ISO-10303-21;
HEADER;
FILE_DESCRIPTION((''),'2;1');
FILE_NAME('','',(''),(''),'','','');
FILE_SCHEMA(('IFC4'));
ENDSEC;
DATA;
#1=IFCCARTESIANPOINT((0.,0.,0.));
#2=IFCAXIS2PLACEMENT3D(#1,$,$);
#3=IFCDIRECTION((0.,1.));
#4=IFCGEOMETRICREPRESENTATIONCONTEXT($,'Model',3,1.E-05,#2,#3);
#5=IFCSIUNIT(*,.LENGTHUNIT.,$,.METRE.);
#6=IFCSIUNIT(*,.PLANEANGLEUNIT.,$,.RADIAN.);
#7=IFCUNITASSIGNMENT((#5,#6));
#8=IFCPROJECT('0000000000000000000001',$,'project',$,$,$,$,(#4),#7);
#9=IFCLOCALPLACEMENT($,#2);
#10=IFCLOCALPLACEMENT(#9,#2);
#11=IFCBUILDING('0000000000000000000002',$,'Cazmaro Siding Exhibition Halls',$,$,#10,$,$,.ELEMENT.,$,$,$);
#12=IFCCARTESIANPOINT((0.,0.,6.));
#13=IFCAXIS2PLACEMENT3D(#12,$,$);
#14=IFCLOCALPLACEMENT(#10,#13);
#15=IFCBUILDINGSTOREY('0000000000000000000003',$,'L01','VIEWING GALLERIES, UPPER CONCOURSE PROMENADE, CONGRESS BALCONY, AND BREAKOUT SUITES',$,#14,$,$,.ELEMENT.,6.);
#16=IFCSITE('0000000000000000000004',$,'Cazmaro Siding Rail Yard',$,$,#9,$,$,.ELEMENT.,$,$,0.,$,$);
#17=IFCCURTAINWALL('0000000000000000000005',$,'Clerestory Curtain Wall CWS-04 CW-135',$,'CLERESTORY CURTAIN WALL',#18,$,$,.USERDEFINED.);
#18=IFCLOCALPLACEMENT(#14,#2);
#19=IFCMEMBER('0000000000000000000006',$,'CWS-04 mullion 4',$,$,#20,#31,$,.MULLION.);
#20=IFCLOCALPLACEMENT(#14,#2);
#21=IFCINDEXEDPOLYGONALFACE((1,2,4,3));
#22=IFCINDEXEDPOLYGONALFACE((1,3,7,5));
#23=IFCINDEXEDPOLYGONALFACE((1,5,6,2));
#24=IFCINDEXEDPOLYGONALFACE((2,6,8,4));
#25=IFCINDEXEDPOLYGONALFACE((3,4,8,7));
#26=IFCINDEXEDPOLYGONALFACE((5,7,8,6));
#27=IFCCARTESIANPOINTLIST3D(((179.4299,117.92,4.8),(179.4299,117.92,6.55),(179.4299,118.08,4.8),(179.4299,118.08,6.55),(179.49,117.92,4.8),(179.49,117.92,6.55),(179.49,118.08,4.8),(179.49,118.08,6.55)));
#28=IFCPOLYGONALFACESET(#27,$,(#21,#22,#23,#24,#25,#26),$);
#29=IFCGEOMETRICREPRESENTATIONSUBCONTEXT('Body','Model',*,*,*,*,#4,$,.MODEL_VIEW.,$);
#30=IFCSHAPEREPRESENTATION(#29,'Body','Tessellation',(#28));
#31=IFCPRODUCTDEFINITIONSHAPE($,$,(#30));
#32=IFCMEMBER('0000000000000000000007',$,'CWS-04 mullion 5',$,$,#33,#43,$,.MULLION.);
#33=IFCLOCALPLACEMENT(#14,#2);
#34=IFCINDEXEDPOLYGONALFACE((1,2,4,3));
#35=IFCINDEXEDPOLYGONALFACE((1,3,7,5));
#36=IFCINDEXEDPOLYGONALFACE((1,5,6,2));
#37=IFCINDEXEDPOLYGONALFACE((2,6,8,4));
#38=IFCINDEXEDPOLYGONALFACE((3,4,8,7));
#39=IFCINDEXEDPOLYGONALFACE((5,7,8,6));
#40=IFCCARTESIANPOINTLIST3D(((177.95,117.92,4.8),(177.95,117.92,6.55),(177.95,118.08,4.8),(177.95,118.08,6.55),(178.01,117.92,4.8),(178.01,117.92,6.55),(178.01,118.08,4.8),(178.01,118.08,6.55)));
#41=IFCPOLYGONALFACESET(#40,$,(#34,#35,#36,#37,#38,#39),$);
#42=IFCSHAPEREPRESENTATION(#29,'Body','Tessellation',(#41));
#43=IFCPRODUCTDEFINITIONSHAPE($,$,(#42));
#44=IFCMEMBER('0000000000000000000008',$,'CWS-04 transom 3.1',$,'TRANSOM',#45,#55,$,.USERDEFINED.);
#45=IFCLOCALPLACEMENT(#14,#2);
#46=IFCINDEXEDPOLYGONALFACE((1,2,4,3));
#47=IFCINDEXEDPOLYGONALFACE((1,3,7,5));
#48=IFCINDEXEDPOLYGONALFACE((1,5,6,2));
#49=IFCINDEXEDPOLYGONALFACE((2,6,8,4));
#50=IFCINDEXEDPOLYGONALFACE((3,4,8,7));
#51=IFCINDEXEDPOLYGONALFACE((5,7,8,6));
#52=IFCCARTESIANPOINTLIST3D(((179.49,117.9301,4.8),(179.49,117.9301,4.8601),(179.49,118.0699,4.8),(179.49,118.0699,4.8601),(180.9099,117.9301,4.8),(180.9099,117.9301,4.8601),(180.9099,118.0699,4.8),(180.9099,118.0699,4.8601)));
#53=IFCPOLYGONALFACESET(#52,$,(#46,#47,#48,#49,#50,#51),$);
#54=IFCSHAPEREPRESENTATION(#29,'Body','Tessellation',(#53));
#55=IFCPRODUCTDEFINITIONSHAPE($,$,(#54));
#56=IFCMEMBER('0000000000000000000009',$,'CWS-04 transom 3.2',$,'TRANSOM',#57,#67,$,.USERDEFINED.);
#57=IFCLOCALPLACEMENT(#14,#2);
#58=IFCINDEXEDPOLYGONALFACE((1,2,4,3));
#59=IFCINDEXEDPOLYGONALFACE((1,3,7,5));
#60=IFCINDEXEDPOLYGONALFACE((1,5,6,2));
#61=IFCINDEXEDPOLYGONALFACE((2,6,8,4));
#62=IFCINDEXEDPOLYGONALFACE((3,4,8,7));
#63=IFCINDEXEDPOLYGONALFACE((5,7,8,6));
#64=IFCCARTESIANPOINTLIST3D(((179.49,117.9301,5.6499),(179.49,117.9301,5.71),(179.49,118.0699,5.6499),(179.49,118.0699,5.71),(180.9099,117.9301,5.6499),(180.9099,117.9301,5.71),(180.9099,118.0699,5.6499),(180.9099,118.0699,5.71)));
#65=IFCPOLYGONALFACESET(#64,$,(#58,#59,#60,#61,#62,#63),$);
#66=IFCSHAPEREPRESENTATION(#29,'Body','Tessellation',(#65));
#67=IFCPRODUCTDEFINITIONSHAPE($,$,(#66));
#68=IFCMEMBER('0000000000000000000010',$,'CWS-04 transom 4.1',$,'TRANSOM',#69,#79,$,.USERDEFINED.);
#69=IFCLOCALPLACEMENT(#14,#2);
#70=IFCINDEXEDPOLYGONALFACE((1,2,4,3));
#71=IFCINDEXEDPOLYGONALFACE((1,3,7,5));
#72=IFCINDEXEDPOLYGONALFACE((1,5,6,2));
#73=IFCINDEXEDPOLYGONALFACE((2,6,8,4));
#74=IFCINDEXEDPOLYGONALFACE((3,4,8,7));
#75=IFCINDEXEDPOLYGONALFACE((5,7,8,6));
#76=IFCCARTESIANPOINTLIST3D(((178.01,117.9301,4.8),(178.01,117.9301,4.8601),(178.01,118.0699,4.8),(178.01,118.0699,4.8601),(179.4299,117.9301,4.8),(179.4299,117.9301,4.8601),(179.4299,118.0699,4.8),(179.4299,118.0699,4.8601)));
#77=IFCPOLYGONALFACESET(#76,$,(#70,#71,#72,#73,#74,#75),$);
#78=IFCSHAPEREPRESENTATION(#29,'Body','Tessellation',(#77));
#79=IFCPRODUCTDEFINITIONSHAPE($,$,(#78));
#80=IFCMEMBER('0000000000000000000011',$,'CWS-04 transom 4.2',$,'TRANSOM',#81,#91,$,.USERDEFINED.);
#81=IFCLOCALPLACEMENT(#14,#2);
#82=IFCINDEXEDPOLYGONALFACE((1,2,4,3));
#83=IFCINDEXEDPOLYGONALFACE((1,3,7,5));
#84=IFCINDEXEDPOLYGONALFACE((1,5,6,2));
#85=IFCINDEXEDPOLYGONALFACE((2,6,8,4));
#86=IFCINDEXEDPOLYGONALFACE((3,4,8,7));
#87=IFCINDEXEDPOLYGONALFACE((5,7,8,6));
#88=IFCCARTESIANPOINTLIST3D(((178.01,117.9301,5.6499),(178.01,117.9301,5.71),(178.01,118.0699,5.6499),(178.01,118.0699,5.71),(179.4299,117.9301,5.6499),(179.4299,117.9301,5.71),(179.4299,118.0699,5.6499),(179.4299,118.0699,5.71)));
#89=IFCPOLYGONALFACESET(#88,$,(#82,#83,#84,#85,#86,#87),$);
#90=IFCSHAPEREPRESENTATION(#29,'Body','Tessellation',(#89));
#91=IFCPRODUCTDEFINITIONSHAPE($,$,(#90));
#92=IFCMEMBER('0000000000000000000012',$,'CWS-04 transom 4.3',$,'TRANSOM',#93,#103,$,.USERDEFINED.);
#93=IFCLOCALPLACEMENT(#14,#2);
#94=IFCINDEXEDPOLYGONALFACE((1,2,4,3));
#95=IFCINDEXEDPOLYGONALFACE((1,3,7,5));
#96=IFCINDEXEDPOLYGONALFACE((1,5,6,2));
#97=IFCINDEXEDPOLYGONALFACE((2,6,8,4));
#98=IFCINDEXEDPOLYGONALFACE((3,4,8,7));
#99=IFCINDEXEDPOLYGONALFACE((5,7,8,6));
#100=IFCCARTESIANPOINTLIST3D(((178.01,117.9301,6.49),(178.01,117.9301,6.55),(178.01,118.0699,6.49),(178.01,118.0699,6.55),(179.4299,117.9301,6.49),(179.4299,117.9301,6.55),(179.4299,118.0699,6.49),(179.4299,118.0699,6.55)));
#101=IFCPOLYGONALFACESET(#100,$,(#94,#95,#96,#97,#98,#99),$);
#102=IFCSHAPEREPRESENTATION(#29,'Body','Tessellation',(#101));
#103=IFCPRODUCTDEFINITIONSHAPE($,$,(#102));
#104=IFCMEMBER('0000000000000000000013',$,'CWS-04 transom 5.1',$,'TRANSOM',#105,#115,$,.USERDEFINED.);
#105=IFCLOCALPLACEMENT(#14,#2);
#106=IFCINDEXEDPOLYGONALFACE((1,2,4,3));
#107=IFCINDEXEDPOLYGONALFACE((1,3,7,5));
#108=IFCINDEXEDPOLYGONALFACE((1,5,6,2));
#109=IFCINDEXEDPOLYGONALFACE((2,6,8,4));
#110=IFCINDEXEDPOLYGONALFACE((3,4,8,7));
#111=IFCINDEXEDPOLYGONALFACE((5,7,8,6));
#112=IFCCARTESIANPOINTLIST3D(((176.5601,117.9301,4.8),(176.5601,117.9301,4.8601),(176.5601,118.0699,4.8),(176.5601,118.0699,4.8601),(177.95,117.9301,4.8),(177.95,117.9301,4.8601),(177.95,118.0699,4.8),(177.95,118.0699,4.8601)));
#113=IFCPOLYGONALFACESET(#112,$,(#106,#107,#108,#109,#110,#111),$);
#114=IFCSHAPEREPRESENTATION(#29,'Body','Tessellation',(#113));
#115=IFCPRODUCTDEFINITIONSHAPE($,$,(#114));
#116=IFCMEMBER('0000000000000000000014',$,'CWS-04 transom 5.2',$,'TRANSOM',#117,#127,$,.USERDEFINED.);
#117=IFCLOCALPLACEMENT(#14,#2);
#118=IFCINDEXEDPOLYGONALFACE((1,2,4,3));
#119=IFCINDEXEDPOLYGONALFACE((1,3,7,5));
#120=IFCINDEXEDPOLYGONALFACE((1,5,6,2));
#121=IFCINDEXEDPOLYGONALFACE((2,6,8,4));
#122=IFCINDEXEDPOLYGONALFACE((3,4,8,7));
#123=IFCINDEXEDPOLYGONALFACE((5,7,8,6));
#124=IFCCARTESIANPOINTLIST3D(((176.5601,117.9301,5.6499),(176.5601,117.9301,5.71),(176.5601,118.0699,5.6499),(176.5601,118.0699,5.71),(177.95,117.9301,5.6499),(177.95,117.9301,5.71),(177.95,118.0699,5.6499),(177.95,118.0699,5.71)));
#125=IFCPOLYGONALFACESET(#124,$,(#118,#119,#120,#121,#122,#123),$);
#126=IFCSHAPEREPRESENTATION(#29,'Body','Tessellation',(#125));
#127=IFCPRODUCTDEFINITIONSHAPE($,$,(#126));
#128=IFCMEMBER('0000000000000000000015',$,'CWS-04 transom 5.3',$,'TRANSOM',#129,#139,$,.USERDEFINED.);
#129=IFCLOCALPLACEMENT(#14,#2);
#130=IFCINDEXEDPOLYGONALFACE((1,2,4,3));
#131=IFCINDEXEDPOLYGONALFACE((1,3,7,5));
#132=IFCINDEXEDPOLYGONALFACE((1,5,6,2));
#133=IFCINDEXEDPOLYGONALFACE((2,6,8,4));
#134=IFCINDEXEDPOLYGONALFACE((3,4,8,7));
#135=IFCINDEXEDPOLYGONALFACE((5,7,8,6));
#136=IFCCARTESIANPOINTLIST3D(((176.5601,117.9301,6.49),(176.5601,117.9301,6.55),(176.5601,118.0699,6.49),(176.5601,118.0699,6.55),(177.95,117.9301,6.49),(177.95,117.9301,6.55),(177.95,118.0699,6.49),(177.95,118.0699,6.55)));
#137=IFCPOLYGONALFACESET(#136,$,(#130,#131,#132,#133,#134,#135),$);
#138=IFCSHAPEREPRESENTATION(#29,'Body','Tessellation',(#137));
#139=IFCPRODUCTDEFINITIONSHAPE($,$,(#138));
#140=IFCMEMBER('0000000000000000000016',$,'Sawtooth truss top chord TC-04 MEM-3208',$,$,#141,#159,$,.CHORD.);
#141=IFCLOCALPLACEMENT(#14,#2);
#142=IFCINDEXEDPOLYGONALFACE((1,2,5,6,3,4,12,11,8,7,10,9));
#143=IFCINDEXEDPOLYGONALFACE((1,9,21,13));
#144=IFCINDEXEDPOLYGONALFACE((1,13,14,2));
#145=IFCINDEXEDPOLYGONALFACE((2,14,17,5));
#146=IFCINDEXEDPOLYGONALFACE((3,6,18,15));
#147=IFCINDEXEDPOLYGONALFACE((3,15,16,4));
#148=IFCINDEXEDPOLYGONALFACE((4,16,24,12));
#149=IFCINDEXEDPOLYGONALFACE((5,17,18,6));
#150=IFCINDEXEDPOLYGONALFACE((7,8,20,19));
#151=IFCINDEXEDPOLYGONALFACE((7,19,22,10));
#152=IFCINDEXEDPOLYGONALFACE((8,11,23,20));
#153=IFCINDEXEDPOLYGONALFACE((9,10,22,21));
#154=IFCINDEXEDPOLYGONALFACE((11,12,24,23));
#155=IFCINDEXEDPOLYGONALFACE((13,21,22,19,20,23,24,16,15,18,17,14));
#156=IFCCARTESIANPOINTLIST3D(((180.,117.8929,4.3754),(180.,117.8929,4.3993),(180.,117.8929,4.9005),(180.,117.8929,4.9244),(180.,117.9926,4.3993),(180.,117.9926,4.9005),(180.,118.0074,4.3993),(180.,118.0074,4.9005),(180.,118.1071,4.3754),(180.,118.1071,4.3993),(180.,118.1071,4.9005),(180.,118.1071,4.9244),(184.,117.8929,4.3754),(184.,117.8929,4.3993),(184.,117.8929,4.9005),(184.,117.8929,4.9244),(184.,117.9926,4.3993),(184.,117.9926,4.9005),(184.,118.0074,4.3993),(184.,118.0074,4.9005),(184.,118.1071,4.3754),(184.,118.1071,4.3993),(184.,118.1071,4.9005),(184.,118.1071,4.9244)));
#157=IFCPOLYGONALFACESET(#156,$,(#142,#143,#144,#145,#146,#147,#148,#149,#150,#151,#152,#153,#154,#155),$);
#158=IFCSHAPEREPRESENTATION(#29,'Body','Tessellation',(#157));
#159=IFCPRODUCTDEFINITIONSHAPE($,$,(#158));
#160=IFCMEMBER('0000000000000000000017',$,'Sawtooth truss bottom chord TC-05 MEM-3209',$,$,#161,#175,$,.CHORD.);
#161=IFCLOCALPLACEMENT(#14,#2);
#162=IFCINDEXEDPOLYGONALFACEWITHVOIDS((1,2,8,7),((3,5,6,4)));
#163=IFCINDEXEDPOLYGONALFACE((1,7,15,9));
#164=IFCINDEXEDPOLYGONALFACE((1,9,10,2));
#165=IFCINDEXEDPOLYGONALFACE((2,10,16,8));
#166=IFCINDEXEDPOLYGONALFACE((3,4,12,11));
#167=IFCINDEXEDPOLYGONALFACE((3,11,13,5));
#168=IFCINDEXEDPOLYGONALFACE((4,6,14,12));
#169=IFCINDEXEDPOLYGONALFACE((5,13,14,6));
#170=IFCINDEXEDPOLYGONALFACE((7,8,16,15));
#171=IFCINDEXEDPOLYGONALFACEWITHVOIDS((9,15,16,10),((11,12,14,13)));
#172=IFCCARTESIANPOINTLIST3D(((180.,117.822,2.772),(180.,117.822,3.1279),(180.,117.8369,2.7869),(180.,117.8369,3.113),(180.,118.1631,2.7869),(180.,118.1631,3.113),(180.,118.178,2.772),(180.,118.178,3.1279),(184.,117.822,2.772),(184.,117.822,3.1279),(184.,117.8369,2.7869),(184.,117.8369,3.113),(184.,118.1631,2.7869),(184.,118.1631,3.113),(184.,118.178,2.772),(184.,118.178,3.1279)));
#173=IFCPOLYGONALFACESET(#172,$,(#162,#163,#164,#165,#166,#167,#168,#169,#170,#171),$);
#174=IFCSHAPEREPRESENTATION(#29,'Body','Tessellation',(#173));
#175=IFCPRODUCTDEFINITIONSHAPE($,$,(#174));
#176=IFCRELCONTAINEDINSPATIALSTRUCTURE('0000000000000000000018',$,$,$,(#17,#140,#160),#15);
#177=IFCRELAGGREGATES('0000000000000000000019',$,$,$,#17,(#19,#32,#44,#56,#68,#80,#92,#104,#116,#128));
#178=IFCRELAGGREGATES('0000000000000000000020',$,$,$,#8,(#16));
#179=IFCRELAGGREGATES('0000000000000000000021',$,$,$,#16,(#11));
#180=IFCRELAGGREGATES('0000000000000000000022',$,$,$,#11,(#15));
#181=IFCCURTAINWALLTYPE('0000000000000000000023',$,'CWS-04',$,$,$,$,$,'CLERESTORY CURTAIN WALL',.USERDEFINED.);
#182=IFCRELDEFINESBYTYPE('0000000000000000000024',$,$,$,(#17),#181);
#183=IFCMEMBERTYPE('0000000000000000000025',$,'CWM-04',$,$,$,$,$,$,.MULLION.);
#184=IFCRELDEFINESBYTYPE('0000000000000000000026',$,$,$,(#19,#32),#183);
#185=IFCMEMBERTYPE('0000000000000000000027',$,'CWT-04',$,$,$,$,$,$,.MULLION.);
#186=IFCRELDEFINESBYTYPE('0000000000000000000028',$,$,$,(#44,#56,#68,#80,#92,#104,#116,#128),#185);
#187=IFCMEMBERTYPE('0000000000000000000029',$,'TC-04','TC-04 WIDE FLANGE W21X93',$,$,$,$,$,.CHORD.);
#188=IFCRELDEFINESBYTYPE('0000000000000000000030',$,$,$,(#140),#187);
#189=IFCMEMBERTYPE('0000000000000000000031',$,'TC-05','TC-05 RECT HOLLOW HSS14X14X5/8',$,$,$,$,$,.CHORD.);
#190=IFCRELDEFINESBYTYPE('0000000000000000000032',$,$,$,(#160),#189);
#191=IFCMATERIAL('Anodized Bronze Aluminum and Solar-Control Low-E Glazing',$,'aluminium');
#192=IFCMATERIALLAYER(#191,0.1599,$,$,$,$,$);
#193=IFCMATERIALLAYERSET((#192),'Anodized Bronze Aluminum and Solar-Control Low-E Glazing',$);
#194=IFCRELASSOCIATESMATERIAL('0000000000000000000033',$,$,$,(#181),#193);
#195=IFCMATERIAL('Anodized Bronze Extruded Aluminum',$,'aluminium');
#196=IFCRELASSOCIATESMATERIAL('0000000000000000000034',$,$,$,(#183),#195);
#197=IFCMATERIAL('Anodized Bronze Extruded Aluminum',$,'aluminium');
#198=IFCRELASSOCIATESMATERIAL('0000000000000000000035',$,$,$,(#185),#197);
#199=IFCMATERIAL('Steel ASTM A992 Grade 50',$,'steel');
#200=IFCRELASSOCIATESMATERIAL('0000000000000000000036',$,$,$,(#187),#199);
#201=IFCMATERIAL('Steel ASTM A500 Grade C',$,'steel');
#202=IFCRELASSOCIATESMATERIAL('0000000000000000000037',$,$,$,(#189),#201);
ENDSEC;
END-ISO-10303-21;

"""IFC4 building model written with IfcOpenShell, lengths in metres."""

from ifc_helpers import new_model, si_unit, direction, frame, origin, origin_2d, place, context, subcontext, project, spatial, rectangle, hollow_rectangle, i_section, extrude, material, layer, layer_set, material_profile, profile_set, type_object, element, aggregate, save


model = new_model("IFC4")

# Units and contexts
model_context = context("Model", 3, precision=1e-05, world=origin(), true_north=direction((0.0, 1.0)))
body_context = subcontext(model_context, "Body", "Model", "MODEL_VIEW")
ifc_project = project(units=[si_unit("LENGTHUNIT", "METRE"), si_unit("PLANEANGLEUNIT", "RADIAN")], contexts=[model_context])

# Site, building, storey
site_placement = place(None, origin())
site = spatial("IfcSite", under=ifc_project, at=site_placement, Name="Cazmaro Siding Rail Yard", CompositionType="ELEMENT", RefElevation=0.0)
building_placement = place(site_placement, origin())
building = spatial("IfcBuilding", under=site, at=building_placement, Name="Cazmaro Siding Exhibition Halls", CompositionType="ELEMENT")
storey_placement = place(building_placement, frame((0.0, 0.0, 6.0)))
storey = spatial("IfcBuildingStorey", under=building, at=storey_placement, Name="L01", Description="VIEWING GALLERIES, UPPER CONCOURSE PROMENADE, CONGRESS BALCONY, AND BREAKOUT SUITES", CompositionType="ELEMENT", Elevation=6.0)

# Curtain wall, members
ifc_material_1 = material(Name="Anodized Bronze Aluminum and Solar-Control Low-E Glazing", Category="aluminium")
ifc_layer_1 = layer(ifc_material_1, 0.1599)
ifc_layer_set_1 = layer_set([ifc_layer_1], Name="Anodized Bronze Aluminum and Solar-Control Low-E Glazing")
curtain_wall_type = type_object("IfcCurtainWallType", Name="CWS-04", ElementType="CLERESTORY CURTAIN WALL", PredefinedType="USERDEFINED", material=ifc_layer_set_1)
curtain_wall_placement = place(storey_placement, origin())
curtain_wall = element("IfcCurtainWall", 1, at=curtain_wall_placement, inside=storey, type_object=curtain_wall_type, Name="Clerestory Curtain Wall CWS-04 CW-135", ObjectType="CLERESTORY CURTAIN WALL", PredefinedType="USERDEFINED")
ifc_material_2 = material(Name="Anodized Bronze Extruded Aluminum", Category="aluminium")
ifc_material_profile_1 = material_profile(ifc_material_2, rectangle(XDim=0.1599, YDim=0.0601, at=origin_2d()), Name="CWM-04")
ifc_profile_set_1 = profile_set([ifc_material_profile_1], Name="Anodized Bronze Extruded Aluminum")
member_type_1 = type_object("IfcMemberType", Name="CWM-04", PredefinedType="MULLION", material=ifc_profile_set_1)
member_1_placement = place(storey_placement, frame((179.46, 118.0, 4.8), z_axis=(0.0, 0.0, 1.0), x_axis=(0.0, -1.0, 0.0)))
member_1 = element("IfcMember", 2, at=member_1_placement, type_object=member_type_1, Name="CWS-04 mullion 4", PredefinedType="MULLION", context=body_context, shape_type="SweptSolid", body=[
    extrude(rectangle(XDim=0.1599, YDim=0.0601, at=origin_2d()), origin(), (0.0, 0.0, 1.0), 1.75),
])
member_2_placement = place(storey_placement, frame((177.98, 118.0, 4.8), z_axis=(0.0, 0.0, 1.0), x_axis=(0.0, -1.0, 0.0)))
member_2 = element("IfcMember", 3, at=member_2_placement, type_object=member_type_1, Name="CWS-04 mullion 5", PredefinedType="MULLION", context=body_context, shape_type="SweptSolid", body=[
    extrude(rectangle(XDim=0.1599, YDim=0.0601, at=origin_2d()), origin(), (0.0, 0.0, 1.0), 1.75),
])
ifc_material_3 = material(Name="Anodized Bronze Extruded Aluminum", Category="aluminium")
ifc_material_profile_2 = material_profile(ifc_material_3, rectangle(XDim=0.1399, YDim=0.0601, at=origin_2d()), Name="CWT-04")
ifc_profile_set_2 = profile_set([ifc_material_profile_2], Name="Anodized Bronze Extruded Aluminum")
member_type_2 = type_object("IfcMemberType", Name="CWT-04", PredefinedType="MULLION", material=ifc_profile_set_2)
member_3_placement = place(storey_placement, frame((180.9099, 118.0, 4.8301), z_axis=(-1.0, 0.0, 0.0), x_axis=(0.0, -1.0, 0.0)))
member_3 = element("IfcMember", 4, at=member_3_placement, type_object=member_type_2, Name="CWS-04 transom 3.1", ObjectType="TRANSOM", PredefinedType="USERDEFINED", context=body_context, shape_type="SweptSolid", body=[
    extrude(rectangle(XDim=0.1399, YDim=0.0601, at=origin_2d()), origin(), (0.0, 0.0, 1.0), 1.4199),
])
member_4_placement = place(storey_placement, frame((180.9099, 118.0, 5.6799), z_axis=(-1.0, 0.0, 0.0), x_axis=(0.0, -1.0, 0.0)))
member_4 = element("IfcMember", 5, at=member_4_placement, type_object=member_type_2, Name="CWS-04 transom 3.2", ObjectType="TRANSOM", PredefinedType="USERDEFINED", context=body_context, shape_type="SweptSolid", body=[
    extrude(rectangle(XDim=0.1399, YDim=0.0601, at=origin_2d()), origin(), (0.0, 0.0, 1.0), 1.4199),
])
member_5_placement = place(storey_placement, frame((179.4299, 118.0, 4.8301), z_axis=(-1.0, 0.0, 0.0), x_axis=(0.0, -1.0, 0.0)))
member_5 = element("IfcMember", 6, at=member_5_placement, type_object=member_type_2, Name="CWS-04 transom 4.1", ObjectType="TRANSOM", PredefinedType="USERDEFINED", context=body_context, shape_type="SweptSolid", body=[
    extrude(rectangle(XDim=0.1399, YDim=0.0601, at=origin_2d()), origin(), (0.0, 0.0, 1.0), 1.4199),
])
member_6_placement = place(storey_placement, frame((179.4299, 118.0, 5.6799), z_axis=(-1.0, 0.0, 0.0), x_axis=(0.0, -1.0, 0.0)))
member_6 = element("IfcMember", 7, at=member_6_placement, type_object=member_type_2, Name="CWS-04 transom 4.2", ObjectType="TRANSOM", PredefinedType="USERDEFINED", context=body_context, shape_type="SweptSolid", body=[
    extrude(rectangle(XDim=0.1399, YDim=0.0601, at=origin_2d()), origin(), (0.0, 0.0, 1.0), 1.4199),
])
member_7_placement = place(storey_placement, frame((179.4299, 118.0, 6.52), z_axis=(-1.0, 0.0, 0.0), x_axis=(0.0, -1.0, 0.0)))
member_7 = element("IfcMember", 8, at=member_7_placement, type_object=member_type_2, Name="CWS-04 transom 4.3", ObjectType="TRANSOM", PredefinedType="USERDEFINED", context=body_context, shape_type="SweptSolid", body=[
    extrude(rectangle(XDim=0.1399, YDim=0.0601, at=origin_2d()), origin(), (0.0, 0.0, 1.0), 1.4199),
])
member_8_placement = place(storey_placement, frame((177.95, 118.0, 4.8301), z_axis=(-1.0, 0.0, 0.0), x_axis=(0.0, -1.0, 0.0)))
member_8 = element("IfcMember", 9, at=member_8_placement, type_object=member_type_2, Name="CWS-04 transom 5.1", ObjectType="TRANSOM", PredefinedType="USERDEFINED", context=body_context, shape_type="SweptSolid", body=[
    extrude(rectangle(XDim=0.1399, YDim=0.0601, at=origin_2d()), origin(), (0.0, 0.0, 1.0), 1.3899),
])
member_9_placement = place(storey_placement, frame((177.95, 118.0, 5.6799), z_axis=(-1.0, 0.0, 0.0), x_axis=(0.0, -1.0, 0.0)))
member_9 = element("IfcMember", 10, at=member_9_placement, type_object=member_type_2, Name="CWS-04 transom 5.2", ObjectType="TRANSOM", PredefinedType="USERDEFINED", context=body_context, shape_type="SweptSolid", body=[
    extrude(rectangle(XDim=0.1399, YDim=0.0601, at=origin_2d()), origin(), (0.0, 0.0, 1.0), 1.3899),
])
member_10_placement = place(storey_placement, frame((177.95, 118.0, 6.52), z_axis=(-1.0, 0.0, 0.0), x_axis=(0.0, -1.0, 0.0)))
member_10 = element("IfcMember", 11, at=member_10_placement, type_object=member_type_2, Name="CWS-04 transom 5.3", ObjectType="TRANSOM", PredefinedType="USERDEFINED", context=body_context, shape_type="SweptSolid", body=[
    extrude(rectangle(XDim=0.1399, YDim=0.0601, at=origin_2d()), origin(), (0.0, 0.0, 1.0), 1.3899),
])

# Members
ifc_material_4 = material(Name="Steel ASTM A992 Grade 50", Category="steel")
ifc_material_profile_3 = material_profile(ifc_material_4, i_section(OverallWidth=0.2141, OverallDepth=0.5491, WebThickness=0.0149, FlangeThickness=0.0239, at=origin_2d()), Name="W21X93")
ifc_profile_set_3 = profile_set([ifc_material_profile_3], Name="Steel ASTM A992 Grade 50")
member_type_3 = type_object("IfcMemberType", Name="TC-04", Description="TC-04 WIDE FLANGE W21X93", PredefinedType="CHORD", material=ifc_profile_set_3)
member_11_placement = place(storey_placement, frame((180.0, 118.0, 4.6499), z_axis=(1.0, 0.0, 0.0), x_axis=(0.0, 1.0, 0.0)))
element("IfcMember", 12, at=member_11_placement, inside=storey, type_object=member_type_3, Name="Sawtooth truss top chord TC-04 MEM-3208", PredefinedType="CHORD", context=body_context, shape_type="SweptSolid", body=[
    extrude(i_section(OverallWidth=0.2141, OverallDepth=0.5491, WebThickness=0.0149, FlangeThickness=0.0239, at=origin_2d()), origin(), (0.0, 0.0, 1.0), 4.0),
])
ifc_material_5 = material(Name="Steel ASTM A500 Grade C", Category="steel")
ifc_material_profile_4 = material_profile(ifc_material_5, hollow_rectangle(XDim=0.356, YDim=0.356, WallThickness=0.0149, at=origin_2d()), Name="HSS14X14X5/8")
ifc_profile_set_4 = profile_set([ifc_material_profile_4], Name="Steel ASTM A500 Grade C")
member_type_4 = type_object("IfcMemberType", Name="TC-05", Description="TC-05 RECT HOLLOW HSS14X14X5/8", PredefinedType="CHORD", material=ifc_profile_set_4)
member_12_placement = place(storey_placement, frame((180.0, 118.0, 2.95), z_axis=(1.0, 0.0, 0.0), x_axis=(0.0, 1.0, 0.0)))
element("IfcMember", 13, at=member_12_placement, inside=storey, type_object=member_type_4, Name="Sawtooth truss bottom chord TC-05 MEM-3209", PredefinedType="CHORD", context=body_context, shape_type="SweptSolid", body=[
    extrude(hollow_rectangle(XDim=0.356, YDim=0.356, WallThickness=0.0149, at=origin_2d()), origin(), (0.0, 0.0, 1.0), 4.0),
])

aggregate(curtain_wall, [member_1, member_2, member_3, member_4, member_5, member_6, member_7, member_8, member_9, member_10])

save(model, "model.ifc")
